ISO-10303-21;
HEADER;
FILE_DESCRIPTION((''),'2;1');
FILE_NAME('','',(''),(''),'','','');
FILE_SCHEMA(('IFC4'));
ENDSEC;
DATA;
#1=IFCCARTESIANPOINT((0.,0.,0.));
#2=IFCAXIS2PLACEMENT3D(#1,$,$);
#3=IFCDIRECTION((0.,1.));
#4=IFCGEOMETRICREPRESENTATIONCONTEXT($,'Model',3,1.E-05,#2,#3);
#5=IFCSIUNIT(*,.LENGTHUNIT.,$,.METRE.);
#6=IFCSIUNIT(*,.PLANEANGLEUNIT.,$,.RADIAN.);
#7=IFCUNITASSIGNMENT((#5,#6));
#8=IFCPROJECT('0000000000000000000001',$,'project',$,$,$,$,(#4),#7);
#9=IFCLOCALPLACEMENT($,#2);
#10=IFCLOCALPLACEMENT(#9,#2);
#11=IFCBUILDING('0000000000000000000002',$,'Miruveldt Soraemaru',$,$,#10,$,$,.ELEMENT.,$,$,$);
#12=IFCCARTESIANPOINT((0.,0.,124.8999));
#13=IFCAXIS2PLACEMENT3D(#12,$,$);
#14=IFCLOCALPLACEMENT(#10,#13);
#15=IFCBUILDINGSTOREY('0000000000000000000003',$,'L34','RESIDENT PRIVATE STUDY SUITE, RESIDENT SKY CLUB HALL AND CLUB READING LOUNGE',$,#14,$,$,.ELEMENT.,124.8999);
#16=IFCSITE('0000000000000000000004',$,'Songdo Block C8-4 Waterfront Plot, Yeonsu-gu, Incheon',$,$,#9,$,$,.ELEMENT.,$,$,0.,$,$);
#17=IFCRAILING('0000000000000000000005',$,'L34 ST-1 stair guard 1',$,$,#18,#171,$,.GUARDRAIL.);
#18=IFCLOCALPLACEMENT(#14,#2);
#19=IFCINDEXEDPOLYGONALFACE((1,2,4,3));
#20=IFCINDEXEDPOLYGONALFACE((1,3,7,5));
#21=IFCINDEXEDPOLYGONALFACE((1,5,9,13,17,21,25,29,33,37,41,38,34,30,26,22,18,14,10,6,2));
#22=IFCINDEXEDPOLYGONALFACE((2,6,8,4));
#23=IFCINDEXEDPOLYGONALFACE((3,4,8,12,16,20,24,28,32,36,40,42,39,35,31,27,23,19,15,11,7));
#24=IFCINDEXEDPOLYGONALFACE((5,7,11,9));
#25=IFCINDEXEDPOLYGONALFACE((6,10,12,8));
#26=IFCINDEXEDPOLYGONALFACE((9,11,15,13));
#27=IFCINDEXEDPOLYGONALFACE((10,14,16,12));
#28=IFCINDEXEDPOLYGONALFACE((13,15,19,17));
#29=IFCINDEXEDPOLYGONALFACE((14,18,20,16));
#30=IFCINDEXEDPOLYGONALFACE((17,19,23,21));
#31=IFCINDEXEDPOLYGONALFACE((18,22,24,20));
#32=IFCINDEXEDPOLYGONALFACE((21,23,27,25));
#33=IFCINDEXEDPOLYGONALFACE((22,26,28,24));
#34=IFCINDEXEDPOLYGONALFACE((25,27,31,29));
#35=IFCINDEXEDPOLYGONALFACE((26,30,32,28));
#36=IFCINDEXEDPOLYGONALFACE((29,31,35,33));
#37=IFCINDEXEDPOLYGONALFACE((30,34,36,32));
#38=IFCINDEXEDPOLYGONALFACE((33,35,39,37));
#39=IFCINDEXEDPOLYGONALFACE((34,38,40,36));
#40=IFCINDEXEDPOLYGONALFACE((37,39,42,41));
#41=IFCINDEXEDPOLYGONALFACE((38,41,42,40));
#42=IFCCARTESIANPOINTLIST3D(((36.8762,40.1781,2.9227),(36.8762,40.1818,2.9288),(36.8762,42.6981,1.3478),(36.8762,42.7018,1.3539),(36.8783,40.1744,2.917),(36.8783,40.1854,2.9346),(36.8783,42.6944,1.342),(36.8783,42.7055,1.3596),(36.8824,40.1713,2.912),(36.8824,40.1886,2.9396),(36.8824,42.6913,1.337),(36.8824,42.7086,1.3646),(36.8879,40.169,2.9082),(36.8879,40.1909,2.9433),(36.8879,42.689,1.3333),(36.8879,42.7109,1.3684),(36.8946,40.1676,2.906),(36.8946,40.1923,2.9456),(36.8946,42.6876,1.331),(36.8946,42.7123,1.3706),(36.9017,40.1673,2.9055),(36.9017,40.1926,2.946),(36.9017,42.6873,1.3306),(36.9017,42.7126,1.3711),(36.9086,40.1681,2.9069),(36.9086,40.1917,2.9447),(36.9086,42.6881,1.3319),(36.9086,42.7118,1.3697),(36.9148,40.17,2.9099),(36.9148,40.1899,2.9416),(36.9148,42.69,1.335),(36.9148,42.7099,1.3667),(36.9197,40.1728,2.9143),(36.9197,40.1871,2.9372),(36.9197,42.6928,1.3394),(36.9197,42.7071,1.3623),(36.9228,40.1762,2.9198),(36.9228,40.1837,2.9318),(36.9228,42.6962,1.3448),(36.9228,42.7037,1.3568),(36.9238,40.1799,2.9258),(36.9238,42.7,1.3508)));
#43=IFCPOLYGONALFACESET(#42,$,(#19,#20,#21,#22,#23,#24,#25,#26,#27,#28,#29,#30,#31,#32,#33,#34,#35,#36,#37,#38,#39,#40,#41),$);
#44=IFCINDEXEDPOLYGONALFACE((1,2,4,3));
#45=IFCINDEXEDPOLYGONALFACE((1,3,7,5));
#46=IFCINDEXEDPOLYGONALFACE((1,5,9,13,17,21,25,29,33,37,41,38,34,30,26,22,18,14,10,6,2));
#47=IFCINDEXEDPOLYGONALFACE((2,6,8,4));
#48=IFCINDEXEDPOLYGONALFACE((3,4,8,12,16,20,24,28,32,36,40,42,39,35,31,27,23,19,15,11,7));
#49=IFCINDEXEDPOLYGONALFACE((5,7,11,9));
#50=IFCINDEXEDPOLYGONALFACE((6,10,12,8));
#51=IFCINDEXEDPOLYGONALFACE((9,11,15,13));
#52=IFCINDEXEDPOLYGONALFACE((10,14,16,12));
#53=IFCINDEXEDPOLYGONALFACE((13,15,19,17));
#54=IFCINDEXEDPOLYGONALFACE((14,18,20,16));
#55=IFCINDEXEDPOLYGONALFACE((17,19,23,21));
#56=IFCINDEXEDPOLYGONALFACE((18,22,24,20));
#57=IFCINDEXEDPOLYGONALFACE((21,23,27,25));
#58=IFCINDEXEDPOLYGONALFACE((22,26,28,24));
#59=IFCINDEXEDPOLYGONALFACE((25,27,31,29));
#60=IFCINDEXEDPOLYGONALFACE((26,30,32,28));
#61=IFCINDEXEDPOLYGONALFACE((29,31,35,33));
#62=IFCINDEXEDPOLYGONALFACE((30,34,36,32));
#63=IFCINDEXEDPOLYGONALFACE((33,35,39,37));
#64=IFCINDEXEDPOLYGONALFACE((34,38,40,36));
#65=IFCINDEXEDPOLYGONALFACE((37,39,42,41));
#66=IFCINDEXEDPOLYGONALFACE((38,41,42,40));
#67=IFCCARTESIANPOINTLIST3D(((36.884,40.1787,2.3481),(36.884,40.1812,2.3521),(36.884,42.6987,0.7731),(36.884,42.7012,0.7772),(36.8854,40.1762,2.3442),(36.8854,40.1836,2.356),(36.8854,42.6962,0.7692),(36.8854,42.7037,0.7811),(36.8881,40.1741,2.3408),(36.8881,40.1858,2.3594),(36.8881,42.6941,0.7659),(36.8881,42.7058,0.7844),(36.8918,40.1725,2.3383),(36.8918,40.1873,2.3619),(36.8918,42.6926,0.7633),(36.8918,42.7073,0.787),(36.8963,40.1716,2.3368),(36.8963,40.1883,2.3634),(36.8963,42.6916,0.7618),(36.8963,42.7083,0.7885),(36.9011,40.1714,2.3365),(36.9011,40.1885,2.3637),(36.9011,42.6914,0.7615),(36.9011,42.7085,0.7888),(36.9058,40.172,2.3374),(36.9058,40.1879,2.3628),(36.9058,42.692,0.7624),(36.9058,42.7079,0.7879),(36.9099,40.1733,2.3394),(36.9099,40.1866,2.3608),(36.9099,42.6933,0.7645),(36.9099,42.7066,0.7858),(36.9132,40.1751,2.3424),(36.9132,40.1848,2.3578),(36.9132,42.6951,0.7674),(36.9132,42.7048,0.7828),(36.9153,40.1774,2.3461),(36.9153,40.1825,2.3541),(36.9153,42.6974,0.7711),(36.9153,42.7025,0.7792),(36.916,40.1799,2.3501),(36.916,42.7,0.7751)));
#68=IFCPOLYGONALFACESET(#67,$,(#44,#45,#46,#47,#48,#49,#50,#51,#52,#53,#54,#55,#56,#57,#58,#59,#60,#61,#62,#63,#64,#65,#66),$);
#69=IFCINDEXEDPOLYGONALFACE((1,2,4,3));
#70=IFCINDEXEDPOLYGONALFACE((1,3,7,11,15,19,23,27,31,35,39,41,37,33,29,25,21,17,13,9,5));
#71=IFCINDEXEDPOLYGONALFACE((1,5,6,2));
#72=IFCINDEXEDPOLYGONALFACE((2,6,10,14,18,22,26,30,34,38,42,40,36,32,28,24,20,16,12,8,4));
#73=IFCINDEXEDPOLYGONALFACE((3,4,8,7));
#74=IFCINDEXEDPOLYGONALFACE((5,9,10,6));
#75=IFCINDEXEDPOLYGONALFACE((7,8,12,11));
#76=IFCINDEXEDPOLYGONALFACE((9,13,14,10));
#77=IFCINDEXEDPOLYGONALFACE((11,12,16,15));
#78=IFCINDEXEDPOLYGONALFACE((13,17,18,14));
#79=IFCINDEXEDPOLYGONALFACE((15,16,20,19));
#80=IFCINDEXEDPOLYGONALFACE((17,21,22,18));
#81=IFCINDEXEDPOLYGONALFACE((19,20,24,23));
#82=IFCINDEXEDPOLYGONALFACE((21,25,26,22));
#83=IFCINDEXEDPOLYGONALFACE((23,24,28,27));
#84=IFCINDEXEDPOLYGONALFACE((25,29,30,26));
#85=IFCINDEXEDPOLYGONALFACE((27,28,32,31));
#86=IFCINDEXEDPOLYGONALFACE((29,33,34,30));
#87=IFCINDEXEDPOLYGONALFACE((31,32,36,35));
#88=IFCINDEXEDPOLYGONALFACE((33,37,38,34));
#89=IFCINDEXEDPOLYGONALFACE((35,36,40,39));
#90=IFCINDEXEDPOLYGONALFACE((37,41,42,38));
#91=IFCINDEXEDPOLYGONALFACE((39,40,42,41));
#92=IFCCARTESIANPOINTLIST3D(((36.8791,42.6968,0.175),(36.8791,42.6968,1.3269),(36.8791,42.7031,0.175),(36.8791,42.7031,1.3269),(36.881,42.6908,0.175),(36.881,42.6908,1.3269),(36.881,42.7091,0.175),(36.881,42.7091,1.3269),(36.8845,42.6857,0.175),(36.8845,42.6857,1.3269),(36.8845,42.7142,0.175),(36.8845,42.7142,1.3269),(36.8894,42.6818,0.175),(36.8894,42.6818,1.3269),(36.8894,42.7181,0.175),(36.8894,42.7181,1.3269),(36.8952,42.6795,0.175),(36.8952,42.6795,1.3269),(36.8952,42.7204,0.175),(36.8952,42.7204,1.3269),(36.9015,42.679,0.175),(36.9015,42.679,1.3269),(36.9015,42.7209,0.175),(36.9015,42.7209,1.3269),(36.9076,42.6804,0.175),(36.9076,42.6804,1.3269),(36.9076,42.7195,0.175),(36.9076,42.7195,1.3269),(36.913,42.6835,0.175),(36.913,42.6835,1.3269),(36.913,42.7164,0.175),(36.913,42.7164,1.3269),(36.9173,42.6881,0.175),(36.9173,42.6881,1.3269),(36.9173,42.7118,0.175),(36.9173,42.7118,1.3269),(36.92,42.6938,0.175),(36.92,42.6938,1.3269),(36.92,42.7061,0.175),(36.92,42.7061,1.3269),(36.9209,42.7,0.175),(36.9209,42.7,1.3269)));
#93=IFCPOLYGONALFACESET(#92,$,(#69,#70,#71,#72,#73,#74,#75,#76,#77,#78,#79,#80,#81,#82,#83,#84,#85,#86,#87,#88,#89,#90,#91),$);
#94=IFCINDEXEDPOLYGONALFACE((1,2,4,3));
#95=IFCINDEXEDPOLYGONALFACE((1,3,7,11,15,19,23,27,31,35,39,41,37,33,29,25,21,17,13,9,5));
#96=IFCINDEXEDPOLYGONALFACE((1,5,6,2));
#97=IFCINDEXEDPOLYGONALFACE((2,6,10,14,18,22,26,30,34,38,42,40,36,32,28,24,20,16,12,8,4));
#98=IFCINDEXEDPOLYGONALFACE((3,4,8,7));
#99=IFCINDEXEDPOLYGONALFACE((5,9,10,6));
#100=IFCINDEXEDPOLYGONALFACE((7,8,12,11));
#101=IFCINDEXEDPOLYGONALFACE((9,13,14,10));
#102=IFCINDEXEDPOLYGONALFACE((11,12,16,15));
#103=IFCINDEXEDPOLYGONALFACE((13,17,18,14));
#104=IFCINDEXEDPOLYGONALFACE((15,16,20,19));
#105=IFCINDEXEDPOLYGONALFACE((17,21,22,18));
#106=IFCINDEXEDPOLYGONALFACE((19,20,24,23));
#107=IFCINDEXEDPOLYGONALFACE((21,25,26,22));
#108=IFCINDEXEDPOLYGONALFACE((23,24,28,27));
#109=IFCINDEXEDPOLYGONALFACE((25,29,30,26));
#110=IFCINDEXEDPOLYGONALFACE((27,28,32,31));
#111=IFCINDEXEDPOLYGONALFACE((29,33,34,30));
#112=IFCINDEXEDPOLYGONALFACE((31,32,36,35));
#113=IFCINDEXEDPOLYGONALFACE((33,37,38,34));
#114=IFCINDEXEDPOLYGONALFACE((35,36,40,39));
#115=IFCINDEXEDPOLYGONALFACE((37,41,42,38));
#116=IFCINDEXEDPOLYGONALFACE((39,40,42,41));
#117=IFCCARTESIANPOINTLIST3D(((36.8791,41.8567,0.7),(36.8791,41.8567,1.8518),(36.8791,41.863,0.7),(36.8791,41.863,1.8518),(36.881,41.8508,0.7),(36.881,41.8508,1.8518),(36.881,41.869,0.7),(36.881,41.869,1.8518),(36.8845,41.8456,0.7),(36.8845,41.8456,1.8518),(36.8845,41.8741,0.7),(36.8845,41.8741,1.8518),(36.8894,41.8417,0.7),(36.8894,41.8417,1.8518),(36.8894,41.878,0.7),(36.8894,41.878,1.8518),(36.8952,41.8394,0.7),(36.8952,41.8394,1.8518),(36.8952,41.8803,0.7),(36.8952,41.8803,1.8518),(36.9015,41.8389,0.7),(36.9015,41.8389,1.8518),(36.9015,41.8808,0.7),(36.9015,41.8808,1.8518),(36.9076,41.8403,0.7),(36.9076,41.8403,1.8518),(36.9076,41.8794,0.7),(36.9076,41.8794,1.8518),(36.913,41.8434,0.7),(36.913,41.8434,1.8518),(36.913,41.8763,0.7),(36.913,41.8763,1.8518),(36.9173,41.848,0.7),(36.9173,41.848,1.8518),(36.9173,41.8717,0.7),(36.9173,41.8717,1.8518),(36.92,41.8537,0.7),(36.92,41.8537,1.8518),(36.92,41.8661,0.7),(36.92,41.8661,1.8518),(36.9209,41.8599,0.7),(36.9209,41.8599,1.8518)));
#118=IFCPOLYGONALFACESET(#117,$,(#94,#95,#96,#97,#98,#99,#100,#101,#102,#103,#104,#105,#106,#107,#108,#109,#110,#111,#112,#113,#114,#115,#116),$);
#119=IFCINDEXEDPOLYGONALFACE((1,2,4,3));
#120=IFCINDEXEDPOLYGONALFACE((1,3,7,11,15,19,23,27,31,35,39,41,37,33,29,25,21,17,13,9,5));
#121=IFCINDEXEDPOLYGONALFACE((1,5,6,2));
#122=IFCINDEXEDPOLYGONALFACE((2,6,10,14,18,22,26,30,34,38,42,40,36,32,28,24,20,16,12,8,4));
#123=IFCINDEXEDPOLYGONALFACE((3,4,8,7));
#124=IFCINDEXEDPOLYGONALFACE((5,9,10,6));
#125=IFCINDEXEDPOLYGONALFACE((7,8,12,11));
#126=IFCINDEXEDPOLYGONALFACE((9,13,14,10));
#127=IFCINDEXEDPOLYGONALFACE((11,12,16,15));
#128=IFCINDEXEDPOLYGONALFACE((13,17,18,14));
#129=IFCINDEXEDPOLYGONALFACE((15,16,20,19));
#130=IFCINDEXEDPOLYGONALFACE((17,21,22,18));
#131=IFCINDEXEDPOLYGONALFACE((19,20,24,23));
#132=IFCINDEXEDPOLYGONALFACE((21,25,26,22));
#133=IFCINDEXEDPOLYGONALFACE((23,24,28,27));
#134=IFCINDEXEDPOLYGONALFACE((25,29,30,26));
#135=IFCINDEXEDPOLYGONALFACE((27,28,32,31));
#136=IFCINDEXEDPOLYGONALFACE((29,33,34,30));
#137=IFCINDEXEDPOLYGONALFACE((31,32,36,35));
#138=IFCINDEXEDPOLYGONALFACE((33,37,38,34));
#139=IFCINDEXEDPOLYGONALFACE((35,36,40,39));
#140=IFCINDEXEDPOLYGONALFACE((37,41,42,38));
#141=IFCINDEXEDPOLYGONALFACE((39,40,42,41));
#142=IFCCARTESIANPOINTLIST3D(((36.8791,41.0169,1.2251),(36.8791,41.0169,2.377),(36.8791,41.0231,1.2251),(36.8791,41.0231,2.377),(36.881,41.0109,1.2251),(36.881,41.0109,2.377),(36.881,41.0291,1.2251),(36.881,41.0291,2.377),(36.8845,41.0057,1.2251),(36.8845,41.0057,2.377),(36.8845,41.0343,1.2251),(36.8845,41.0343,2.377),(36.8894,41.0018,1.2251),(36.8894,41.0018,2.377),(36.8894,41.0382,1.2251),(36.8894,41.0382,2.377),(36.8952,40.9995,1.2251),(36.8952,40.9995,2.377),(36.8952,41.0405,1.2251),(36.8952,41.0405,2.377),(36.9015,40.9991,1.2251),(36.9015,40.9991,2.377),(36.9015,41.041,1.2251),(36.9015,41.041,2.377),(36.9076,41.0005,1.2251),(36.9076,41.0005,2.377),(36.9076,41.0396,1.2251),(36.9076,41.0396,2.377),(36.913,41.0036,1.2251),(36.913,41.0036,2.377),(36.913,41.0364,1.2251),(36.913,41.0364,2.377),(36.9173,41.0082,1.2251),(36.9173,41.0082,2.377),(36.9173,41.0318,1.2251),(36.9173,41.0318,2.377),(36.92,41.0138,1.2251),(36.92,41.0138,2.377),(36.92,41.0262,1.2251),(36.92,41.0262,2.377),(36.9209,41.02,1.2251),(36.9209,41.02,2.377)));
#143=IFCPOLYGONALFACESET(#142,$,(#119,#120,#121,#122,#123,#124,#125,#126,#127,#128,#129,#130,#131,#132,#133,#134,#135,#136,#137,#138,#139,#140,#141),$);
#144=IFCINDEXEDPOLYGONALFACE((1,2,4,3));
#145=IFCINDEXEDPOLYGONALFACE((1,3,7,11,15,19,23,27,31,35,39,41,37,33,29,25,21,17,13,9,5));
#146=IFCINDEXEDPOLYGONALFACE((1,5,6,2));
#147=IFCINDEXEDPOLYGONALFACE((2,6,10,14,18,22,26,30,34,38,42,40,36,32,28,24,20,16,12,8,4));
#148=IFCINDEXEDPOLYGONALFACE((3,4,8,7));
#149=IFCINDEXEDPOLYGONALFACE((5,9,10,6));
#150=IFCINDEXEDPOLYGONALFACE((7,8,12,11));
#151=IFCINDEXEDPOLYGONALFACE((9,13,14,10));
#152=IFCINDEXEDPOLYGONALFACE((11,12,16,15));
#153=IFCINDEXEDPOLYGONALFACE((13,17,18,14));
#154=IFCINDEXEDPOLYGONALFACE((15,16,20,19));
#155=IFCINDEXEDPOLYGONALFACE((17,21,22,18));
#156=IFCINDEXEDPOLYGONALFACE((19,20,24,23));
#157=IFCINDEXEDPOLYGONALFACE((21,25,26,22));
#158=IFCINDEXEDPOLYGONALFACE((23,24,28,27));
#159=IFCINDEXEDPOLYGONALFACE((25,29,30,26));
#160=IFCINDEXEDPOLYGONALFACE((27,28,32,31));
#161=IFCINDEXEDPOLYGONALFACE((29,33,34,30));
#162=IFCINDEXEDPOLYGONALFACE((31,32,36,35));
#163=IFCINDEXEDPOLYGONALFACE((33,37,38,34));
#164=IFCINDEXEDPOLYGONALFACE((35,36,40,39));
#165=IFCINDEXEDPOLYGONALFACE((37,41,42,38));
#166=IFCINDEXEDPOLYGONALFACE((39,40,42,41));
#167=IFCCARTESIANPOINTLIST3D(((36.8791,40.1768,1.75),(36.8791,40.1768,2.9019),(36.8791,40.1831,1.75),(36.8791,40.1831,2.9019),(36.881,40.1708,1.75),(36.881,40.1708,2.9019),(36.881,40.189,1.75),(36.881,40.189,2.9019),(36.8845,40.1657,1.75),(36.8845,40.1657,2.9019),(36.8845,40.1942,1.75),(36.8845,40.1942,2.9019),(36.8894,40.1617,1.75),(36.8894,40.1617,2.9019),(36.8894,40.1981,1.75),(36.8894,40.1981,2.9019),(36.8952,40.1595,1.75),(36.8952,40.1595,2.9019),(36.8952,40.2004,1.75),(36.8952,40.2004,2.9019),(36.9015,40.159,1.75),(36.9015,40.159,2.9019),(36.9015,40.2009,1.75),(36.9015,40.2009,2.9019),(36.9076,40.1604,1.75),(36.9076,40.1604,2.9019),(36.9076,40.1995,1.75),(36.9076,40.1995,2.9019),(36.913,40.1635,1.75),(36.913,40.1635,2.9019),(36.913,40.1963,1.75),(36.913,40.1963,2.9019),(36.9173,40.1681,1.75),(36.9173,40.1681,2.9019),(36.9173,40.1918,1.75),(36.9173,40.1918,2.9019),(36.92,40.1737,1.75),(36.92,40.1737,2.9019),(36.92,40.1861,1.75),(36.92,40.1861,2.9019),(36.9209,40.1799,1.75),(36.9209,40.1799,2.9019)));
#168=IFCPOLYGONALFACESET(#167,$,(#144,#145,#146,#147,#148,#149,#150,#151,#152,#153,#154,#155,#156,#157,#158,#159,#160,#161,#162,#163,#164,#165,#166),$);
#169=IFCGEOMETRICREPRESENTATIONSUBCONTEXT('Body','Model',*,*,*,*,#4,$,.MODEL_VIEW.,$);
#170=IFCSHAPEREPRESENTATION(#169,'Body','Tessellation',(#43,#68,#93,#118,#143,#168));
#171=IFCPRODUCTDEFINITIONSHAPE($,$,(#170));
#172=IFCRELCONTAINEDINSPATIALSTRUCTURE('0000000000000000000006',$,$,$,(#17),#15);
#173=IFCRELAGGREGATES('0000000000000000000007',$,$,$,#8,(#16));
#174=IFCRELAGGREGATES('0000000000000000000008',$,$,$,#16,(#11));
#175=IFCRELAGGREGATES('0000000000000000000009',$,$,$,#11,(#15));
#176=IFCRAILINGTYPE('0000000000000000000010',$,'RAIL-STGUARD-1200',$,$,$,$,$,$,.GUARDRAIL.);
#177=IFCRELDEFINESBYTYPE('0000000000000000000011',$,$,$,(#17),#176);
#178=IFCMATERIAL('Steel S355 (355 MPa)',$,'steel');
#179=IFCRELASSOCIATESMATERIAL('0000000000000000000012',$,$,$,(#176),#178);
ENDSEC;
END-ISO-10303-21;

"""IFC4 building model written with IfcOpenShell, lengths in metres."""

from ifc_helpers import new_model, si_unit, direction, frame, origin, origin_2d, place, context, subcontext, project, spatial, circle, extrude, material, type_object, element, save


model = new_model("IFC4")

# Units and contexts
model_context = context("Model", 3, precision=1e-05, world=origin(), true_north=direction((0.0, 1.0)))
body_context = subcontext(model_context, "Body", "Model", "MODEL_VIEW")
ifc_project = project(units=[si_unit("LENGTHUNIT", "METRE"), si_unit("PLANEANGLEUNIT", "RADIAN")], contexts=[model_context])

# Site, building, storey
site_placement = place(None, origin())
site = spatial("IfcSite", under=ifc_project, at=site_placement, Name="Songdo Block C8-4 Waterfront Plot, Yeonsu-gu, Incheon", CompositionType="ELEMENT", RefElevation=0.0)
building_placement = place(site_placement, origin())
building = spatial("IfcBuilding", under=site, at=building_placement, Name="Miruveldt Soraemaru", CompositionType="ELEMENT")
storey_placement = place(building_placement, frame((0.0, 0.0, 124.8999)))
storey = spatial("IfcBuildingStorey", under=building, at=storey_placement, Name="L34", Description="RESIDENT PRIVATE STUDY SUITE, RESIDENT SKY CLUB HALL AND CLUB READING LOUNGE", CompositionType="ELEMENT", Elevation=124.8999)

# Railing
ifc_material_1 = material(Name="Steel S355 (355 MPa)", Category="steel")
railing_type_1 = type_object("IfcRailingType", Name="RAIL-STGUARD-1200", PredefinedType="GUARDRAIL", material=ifc_material_1)
railing_1_placement = place(storey_placement, frame((36.8999, 42.7, 0.175)))
element("IfcRailing", 1, at=railing_1_placement, inside=storey, type_object=railing_type_1, Name="L34 ST-1 stair guard 1", PredefinedType="GUARDRAIL", context=body_context, shape_type="SweptSolid", body=[
    extrude(circle(Radius=0.0239, at=origin_2d()), frame((0.0, 0.0, 1.1758), z_axis=(0.0, -0.848008, 0.529984), x_axis=(1.0, 0.0, 0.0)), (0.0, 0.0, 1.0), 2.9717),
    extrude(circle(Radius=0.0161, at=origin_2d()), frame((0.0, 0.0, 0.6001), z_axis=(0.0, -0.848008, 0.529984), x_axis=(1.0, 0.0, 0.0)), (0.0, 0.0, 1.0), 2.9717),
    extrude(circle(Radius=0.021, at=origin_2d()), origin(), (0.0, 0.0, 1.0), 1.1519),
    extrude(circle(Radius=0.021, at=origin_2d()), frame((0.0, -0.8401, 0.5249)), (0.0, 0.0, 1.0), 1.1519),
    extrude(circle(Radius=0.021, at=origin_2d()), frame((0.0, -1.6799, 1.05)), (0.0, 0.0, 1.0), 1.1519),
    extrude(circle(Radius=0.021, at=origin_2d()), frame((0.0, -2.52, 1.575)), (0.0, 0.0, 1.0), 1.1519),
])

save(model, "model.ifc")
